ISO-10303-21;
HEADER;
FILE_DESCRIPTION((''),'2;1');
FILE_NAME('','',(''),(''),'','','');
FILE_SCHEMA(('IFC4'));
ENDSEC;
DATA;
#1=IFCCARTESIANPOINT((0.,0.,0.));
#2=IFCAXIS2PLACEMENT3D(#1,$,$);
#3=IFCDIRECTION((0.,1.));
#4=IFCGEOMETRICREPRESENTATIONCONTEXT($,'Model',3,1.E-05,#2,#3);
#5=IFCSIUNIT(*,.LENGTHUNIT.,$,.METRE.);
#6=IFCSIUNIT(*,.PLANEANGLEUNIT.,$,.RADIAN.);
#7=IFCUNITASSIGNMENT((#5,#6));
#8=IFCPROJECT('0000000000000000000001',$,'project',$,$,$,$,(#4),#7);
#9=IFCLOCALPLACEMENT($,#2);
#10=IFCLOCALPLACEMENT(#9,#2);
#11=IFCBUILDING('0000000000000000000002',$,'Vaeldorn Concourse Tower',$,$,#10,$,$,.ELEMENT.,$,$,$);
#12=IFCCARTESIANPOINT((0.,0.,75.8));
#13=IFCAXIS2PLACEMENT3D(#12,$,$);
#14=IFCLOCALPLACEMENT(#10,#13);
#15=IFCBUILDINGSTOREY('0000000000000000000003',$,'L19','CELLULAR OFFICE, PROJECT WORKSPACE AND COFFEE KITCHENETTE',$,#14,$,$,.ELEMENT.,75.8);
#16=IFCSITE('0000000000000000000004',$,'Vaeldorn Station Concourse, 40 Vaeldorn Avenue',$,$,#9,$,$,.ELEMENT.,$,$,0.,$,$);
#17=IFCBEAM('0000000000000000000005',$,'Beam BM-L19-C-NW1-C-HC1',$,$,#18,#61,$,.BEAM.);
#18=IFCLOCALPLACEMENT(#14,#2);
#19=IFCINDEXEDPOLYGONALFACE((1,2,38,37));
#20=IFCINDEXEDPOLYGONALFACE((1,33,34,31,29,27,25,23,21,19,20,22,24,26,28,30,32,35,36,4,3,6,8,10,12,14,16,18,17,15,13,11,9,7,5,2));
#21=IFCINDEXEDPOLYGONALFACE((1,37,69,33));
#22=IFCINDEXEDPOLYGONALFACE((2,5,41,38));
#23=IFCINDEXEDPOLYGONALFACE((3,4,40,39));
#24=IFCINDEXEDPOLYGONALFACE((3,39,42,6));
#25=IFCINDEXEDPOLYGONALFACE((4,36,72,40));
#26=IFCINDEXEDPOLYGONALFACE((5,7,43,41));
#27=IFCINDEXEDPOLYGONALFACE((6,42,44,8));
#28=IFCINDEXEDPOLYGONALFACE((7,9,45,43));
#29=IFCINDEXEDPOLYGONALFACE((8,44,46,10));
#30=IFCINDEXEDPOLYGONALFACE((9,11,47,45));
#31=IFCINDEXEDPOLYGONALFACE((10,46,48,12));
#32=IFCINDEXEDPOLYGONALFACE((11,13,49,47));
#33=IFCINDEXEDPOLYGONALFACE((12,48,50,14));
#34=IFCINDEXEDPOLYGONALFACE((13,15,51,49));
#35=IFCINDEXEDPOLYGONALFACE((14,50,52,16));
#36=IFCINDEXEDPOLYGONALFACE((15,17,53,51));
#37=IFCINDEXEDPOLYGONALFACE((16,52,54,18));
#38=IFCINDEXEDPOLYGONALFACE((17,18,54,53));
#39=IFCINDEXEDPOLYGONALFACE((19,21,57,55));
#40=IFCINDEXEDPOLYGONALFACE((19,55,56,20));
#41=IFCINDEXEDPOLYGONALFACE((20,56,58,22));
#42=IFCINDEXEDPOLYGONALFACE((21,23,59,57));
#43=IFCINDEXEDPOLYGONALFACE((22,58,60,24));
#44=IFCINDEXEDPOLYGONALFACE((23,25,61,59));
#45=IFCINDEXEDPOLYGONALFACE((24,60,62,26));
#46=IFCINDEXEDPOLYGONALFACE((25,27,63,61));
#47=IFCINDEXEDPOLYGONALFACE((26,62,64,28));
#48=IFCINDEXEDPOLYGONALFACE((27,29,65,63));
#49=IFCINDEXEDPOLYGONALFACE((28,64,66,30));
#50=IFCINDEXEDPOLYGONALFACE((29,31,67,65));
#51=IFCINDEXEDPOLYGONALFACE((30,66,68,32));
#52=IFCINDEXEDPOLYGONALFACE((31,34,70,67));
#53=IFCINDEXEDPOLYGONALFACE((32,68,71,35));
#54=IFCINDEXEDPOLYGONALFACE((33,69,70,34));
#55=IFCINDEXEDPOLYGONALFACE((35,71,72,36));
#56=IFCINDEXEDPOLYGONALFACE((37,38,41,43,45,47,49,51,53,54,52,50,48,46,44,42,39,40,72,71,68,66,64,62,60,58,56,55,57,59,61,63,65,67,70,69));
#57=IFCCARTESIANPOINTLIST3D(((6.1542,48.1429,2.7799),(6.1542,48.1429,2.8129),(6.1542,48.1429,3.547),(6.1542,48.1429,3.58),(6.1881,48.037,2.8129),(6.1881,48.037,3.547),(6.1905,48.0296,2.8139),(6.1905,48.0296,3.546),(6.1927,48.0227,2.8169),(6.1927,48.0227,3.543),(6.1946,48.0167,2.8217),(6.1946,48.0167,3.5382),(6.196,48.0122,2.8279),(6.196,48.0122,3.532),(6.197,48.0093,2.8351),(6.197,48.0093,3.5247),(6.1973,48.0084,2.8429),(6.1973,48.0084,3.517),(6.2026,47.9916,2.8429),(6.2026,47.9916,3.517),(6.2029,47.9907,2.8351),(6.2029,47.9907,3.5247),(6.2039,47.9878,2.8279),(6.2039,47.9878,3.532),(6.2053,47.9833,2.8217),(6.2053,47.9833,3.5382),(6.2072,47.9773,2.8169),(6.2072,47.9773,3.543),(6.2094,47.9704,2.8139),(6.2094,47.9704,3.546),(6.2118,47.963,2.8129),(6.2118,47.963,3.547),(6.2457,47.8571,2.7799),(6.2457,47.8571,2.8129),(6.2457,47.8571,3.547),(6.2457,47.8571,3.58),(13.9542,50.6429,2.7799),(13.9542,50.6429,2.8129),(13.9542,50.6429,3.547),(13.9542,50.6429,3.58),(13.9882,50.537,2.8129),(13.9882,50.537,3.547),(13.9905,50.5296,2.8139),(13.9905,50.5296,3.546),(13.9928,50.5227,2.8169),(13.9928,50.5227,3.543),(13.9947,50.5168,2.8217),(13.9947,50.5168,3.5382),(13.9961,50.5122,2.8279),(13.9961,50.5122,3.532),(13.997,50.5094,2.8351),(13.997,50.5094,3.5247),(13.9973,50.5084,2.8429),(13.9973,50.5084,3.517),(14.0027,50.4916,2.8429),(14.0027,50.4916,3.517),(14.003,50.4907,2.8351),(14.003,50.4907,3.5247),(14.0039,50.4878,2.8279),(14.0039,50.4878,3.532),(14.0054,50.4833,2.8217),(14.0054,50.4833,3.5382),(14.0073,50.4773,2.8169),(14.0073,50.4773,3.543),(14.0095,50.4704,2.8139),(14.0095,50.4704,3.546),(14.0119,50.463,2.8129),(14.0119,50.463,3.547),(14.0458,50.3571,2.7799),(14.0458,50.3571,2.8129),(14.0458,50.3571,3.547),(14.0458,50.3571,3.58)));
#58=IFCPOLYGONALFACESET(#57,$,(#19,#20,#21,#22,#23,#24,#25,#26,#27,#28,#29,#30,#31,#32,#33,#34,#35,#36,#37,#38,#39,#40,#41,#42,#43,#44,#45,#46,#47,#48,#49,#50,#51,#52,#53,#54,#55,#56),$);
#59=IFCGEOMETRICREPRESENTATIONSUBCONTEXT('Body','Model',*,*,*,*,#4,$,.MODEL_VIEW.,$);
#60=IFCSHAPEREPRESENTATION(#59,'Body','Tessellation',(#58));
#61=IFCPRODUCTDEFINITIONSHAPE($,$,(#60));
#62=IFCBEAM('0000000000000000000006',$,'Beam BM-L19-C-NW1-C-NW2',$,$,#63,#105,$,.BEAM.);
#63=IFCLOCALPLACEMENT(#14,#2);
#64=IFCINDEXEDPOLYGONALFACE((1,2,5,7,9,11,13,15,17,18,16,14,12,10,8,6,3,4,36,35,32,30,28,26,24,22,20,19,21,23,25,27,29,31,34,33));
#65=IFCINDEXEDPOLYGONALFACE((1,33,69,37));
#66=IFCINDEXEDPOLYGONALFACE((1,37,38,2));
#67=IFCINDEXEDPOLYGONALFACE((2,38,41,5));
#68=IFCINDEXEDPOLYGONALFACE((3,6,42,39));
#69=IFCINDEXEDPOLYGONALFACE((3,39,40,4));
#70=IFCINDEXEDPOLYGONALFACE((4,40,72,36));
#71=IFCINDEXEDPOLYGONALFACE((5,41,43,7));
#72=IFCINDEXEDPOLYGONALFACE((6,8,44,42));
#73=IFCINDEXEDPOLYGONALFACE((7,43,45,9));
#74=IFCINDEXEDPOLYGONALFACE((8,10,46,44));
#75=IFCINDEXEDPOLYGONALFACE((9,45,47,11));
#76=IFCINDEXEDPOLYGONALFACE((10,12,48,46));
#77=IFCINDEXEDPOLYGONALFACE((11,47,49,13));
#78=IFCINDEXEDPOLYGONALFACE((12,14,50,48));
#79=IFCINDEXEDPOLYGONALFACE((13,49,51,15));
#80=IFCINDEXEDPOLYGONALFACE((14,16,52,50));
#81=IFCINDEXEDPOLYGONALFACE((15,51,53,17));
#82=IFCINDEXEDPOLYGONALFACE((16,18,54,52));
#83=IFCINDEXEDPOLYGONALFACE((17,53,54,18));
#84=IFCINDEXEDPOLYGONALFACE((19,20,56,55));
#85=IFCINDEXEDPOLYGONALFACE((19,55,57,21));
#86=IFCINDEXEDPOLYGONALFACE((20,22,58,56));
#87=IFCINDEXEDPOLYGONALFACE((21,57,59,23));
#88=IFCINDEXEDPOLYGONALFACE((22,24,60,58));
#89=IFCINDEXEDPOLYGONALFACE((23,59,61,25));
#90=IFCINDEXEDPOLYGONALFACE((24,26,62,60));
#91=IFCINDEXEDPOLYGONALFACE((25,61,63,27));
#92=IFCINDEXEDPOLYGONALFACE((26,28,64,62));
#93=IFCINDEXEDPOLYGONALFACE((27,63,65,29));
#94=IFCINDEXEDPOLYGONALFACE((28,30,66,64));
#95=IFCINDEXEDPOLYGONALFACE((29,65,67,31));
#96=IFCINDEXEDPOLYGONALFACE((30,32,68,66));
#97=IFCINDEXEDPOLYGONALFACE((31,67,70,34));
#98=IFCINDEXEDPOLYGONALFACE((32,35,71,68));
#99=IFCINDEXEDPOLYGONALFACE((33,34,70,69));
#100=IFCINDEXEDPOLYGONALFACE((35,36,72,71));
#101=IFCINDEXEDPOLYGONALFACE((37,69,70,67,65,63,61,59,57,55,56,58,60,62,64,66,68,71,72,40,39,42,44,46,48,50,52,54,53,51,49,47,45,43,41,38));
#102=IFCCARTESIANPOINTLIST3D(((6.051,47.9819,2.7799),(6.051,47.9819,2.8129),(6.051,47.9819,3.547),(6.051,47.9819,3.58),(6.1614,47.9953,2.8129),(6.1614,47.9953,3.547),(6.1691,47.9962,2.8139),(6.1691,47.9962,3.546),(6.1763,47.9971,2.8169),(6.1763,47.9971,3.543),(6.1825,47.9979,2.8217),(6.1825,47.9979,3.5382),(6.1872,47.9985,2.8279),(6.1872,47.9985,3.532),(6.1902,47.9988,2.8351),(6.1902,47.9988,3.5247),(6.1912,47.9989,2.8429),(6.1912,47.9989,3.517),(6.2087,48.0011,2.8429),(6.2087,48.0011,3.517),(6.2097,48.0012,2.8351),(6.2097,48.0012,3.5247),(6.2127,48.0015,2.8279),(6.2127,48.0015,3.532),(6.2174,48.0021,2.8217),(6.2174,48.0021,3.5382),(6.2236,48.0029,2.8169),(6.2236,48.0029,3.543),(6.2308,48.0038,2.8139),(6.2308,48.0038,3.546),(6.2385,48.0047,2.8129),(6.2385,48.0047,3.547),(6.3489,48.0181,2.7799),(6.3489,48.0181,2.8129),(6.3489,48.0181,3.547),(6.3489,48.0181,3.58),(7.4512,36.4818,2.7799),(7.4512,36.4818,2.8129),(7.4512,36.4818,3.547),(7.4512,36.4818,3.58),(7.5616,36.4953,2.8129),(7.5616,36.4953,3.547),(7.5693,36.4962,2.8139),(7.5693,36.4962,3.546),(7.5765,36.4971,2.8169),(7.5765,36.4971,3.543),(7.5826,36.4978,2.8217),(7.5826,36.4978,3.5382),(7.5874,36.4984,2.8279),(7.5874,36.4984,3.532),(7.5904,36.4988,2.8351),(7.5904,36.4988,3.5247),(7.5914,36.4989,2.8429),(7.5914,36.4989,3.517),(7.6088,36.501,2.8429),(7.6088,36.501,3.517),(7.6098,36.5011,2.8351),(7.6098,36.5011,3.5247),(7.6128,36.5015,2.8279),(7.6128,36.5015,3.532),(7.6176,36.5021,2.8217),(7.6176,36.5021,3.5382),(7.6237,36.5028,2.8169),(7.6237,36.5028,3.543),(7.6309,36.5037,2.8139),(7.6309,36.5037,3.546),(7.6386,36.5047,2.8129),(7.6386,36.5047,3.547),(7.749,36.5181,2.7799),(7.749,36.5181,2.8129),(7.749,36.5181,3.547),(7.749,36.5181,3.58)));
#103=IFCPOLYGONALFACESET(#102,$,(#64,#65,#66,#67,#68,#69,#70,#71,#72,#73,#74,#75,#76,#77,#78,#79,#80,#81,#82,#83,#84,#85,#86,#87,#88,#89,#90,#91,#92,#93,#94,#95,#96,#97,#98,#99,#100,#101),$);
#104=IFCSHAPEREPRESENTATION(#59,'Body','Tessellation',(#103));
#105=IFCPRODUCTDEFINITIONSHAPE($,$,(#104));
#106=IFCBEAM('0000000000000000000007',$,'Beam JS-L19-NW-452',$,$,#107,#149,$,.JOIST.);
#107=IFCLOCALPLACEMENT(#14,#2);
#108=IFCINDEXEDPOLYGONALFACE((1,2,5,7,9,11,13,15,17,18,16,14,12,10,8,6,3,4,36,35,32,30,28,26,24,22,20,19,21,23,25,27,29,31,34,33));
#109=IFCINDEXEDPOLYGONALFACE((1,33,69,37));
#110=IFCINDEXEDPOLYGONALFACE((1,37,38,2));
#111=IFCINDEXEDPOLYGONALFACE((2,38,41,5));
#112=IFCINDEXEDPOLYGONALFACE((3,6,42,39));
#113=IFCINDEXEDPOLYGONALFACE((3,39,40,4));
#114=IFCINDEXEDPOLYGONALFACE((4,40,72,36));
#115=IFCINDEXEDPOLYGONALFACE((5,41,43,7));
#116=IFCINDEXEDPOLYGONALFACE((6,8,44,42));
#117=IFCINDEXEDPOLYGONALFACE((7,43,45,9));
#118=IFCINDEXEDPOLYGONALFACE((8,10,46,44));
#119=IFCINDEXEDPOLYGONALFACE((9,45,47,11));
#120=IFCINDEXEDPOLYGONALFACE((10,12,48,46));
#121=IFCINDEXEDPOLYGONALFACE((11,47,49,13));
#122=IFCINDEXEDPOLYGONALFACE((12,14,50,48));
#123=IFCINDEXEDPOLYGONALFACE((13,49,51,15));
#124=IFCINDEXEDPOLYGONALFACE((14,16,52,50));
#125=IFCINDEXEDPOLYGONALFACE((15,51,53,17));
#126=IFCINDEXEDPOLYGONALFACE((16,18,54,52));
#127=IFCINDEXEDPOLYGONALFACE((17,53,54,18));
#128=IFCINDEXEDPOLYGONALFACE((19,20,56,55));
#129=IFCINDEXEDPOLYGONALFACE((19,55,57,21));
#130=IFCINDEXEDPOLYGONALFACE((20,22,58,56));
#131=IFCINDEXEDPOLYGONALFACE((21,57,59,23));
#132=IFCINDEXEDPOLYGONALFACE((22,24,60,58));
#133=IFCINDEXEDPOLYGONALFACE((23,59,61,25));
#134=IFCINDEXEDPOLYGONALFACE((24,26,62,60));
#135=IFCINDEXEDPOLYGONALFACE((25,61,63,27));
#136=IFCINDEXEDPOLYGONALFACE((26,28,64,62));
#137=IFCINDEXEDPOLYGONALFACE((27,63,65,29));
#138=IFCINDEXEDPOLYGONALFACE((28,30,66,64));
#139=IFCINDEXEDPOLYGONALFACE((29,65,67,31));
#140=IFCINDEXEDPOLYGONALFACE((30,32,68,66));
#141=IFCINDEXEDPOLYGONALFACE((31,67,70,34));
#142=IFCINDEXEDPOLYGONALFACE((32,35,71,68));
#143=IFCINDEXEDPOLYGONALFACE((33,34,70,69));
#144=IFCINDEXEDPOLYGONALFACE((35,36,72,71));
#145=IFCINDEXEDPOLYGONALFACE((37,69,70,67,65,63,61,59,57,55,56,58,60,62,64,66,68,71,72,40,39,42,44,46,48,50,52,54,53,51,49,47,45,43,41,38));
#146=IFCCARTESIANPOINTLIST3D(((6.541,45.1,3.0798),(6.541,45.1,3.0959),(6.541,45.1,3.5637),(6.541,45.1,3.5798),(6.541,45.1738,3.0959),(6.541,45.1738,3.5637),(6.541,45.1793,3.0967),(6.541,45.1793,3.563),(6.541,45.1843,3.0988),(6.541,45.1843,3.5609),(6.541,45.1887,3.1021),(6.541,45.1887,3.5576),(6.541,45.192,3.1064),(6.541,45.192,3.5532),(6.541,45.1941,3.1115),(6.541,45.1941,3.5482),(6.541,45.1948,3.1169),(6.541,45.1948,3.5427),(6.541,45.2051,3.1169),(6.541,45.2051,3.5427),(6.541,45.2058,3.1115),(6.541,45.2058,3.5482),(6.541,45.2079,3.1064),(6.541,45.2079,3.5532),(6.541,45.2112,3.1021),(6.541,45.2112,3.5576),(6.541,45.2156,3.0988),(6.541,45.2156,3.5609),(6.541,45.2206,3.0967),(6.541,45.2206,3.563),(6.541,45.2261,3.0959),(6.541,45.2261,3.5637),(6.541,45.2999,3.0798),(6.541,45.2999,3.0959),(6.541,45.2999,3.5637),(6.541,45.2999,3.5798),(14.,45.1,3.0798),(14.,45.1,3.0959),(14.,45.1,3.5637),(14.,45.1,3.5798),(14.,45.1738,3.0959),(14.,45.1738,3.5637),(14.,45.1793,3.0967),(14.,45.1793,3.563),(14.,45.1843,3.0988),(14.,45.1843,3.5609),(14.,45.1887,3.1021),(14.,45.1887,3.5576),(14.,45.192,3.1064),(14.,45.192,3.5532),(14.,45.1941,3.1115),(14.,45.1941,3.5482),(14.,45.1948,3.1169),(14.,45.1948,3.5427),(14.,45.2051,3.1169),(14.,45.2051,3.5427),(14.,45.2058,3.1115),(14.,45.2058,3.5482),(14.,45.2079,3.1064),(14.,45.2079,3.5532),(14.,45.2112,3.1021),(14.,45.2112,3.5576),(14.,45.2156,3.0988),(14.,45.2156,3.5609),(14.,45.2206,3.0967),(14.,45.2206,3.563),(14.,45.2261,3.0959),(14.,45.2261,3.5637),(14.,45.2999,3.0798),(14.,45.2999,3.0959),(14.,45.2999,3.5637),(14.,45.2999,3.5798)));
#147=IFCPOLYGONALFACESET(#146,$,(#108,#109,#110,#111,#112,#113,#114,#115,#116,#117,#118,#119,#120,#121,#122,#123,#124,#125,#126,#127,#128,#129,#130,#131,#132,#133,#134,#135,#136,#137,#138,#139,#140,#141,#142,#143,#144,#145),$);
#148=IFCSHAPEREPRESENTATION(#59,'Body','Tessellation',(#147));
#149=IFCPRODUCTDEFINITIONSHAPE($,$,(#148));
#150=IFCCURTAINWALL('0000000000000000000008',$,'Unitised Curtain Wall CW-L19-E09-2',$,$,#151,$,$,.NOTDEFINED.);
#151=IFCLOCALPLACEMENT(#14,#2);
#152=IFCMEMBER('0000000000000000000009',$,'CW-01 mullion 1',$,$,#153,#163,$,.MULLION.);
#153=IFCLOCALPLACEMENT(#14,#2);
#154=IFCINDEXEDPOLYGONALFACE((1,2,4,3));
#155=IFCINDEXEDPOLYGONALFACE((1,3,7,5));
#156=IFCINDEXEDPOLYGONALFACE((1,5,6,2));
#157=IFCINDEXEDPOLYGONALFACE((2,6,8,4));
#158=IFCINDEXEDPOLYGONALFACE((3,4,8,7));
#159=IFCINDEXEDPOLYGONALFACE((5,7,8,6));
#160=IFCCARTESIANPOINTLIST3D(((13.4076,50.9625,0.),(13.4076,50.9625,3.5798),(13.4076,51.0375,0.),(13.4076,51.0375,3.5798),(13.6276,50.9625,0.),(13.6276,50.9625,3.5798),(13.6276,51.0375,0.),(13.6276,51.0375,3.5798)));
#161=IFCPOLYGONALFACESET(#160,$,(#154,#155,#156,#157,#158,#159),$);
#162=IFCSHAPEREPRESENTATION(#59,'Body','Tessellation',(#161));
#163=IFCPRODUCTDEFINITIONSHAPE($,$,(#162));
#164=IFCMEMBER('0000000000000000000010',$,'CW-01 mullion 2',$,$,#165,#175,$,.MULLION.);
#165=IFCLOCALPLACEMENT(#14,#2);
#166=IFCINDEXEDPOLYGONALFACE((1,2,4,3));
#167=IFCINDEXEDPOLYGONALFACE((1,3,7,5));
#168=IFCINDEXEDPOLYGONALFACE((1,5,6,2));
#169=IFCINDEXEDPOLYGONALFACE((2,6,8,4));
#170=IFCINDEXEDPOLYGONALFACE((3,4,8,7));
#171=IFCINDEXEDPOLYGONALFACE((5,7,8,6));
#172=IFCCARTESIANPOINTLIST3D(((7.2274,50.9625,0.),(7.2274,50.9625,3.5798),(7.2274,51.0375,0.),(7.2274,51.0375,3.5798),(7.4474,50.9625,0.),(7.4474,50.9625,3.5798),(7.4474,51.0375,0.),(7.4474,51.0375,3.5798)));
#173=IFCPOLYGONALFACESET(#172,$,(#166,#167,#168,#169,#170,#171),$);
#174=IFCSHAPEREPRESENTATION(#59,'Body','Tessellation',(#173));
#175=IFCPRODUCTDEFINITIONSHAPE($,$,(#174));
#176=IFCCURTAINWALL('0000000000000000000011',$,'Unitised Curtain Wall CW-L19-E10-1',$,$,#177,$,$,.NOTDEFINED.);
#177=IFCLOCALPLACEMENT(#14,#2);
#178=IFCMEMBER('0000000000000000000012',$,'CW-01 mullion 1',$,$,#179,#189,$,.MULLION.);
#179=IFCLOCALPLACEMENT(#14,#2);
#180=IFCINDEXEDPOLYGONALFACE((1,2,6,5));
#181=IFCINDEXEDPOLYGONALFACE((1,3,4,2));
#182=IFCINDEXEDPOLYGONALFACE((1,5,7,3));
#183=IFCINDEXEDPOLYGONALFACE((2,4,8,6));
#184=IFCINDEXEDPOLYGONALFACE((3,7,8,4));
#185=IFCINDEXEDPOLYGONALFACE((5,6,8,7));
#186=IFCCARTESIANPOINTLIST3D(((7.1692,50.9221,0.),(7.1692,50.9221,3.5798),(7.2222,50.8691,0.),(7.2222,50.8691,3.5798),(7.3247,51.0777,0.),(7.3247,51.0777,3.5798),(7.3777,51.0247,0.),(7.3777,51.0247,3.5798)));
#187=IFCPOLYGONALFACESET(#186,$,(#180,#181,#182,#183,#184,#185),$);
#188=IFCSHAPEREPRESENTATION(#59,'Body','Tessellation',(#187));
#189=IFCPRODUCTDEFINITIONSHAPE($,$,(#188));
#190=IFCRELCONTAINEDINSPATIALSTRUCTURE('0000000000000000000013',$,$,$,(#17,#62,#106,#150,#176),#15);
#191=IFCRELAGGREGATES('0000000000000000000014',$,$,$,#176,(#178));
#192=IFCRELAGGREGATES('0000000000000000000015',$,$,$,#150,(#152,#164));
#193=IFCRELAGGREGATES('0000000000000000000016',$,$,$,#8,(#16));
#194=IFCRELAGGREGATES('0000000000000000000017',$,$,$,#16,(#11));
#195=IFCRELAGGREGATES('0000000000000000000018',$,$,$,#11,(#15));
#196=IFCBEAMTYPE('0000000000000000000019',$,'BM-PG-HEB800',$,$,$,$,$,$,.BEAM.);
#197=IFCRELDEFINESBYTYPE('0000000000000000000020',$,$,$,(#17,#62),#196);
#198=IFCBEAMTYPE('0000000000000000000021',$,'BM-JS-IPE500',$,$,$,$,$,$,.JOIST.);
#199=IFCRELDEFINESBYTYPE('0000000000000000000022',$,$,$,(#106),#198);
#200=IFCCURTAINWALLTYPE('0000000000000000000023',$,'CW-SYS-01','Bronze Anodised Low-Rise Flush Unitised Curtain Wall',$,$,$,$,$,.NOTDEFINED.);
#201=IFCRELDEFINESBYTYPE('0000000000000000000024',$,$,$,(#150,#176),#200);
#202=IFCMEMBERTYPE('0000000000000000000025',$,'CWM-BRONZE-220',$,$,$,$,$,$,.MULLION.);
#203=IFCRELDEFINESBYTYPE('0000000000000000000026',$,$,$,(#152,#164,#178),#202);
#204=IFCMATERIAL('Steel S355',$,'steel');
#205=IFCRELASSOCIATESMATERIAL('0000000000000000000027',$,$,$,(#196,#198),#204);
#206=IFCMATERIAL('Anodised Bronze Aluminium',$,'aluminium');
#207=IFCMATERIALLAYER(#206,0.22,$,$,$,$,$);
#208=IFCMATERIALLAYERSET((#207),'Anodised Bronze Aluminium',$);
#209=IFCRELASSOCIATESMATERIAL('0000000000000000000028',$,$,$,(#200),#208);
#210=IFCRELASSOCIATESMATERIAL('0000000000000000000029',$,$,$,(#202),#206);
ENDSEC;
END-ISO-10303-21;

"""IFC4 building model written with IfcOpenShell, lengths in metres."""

from ifc_helpers import new_model, si_unit, direction, frame, origin, origin_2d, place, context, subcontext, project, spatial, rectangle, i_section, extrude, source, transform, mapped, material, layer, layer_set, material_profile, profile_set, type_object, element, aggregate, save


model = new_model("IFC4")

# Units and contexts
model_context = context("Model", 3, precision=1e-05, world=origin(), true_north=direction((0.0, 1.0)))
body_context = subcontext(model_context, "Body", "Model", "MODEL_VIEW")
ifc_project = project(units=[si_unit("LENGTHUNIT", "METRE"), si_unit("PLANEANGLEUNIT", "RADIAN")], contexts=[model_context])

# Site, building, storey
site_placement = place(None, origin())
site = spatial("IfcSite", under=ifc_project, at=site_placement, Name="Vaeldorn Station Concourse, 40 Vaeldorn Avenue", CompositionType="ELEMENT", RefElevation=0.0)
building_placement = place(site_placement, origin())
building = spatial("IfcBuilding", under=site, at=building_placement, Name="Vaeldorn Concourse Tower", CompositionType="ELEMENT")
storey_placement = place(building_placement, frame((0.0, 0.0, 75.8)))
storey = spatial("IfcBuildingStorey", under=building, at=storey_placement, Name="L19", Description="CELLULAR OFFICE, PROJECT WORKSPACE AND COFFEE KITCHENETTE", CompositionType="ELEMENT", Elevation=75.8)

# Beams
ifc_material_1 = material(Name="Steel S355", Category="steel")
ifc_material_profile_1 = material_profile(ifc_material_1, i_section(OverallWidth=0.3, OverallDepth=0.8, WebThickness=0.0176, FlangeThickness=0.033, FilletRadius=0.03, at=origin_2d()), Name="HEB 800")
ifc_profile_set_1 = profile_set([ifc_material_profile_1], Name="Steel S355")
beam_type_1 = type_object("IfcBeamType", Name="BM-PG-HEB800", PredefinedType="BEAM", material=ifc_profile_set_1)
shared_shape_1 = source(origin(), body_context, "Body", "SweptSolid", [
    extrude(i_section(OverallWidth=0.3, OverallDepth=0.8, WebThickness=0.0176, FlangeThickness=0.033, FilletRadius=0.03, at=origin_2d()), origin(), (0.0, 0.0, 1.0), 8.1909),
])
beam_1_placement = place(storey_placement, frame((6.2, 48.0, 3.1799), z_axis=(0.952283, 0.305217, 0.0), x_axis=(-0.305217, 0.952283, 0.0)))
element("IfcBeam", 1, at=beam_1_placement, inside=storey, type_object=beam_type_1, Name="Beam BM-L19-C-NW1-C-HC1", PredefinedType="BEAM", context=body_context, shape_type="MappedRepresentation", body=[
    mapped(shared_shape_1, transform((0.0, 0.0, 0.0), scale=1.0)),
])
shared_shape_2 = source(origin(), body_context, "Body", "SweptSolid", [
    extrude(i_section(OverallWidth=0.3, OverallDepth=0.8, WebThickness=0.0176, FlangeThickness=0.033, FilletRadius=0.03, at=origin_2d()), origin(), (0.0, 0.0, 1.0), 11.585),
])
beam_2_placement = place(storey_placement, frame((6.2, 48.0, 3.1799), z_axis=(0.120859, -0.99267, 0.0), x_axis=(0.99267, 0.120859, 0.0)))
element("IfcBeam", 2, at=beam_2_placement, inside=storey, type_object=beam_type_1, Name="Beam BM-L19-C-NW1-C-NW2", PredefinedType="BEAM", context=body_context, shape_type="MappedRepresentation", body=[
    mapped(shared_shape_2, transform((0.0, 0.0, 0.0), scale=1.0)),
])
ifc_material_profile_2 = material_profile(ifc_material_1, i_section(OverallWidth=0.2, OverallDepth=0.5, WebThickness=0.0103, FlangeThickness=0.0161, FilletRadius=0.021, at=origin_2d()), Name="IPE 500")
ifc_profile_set_2 = profile_set([ifc_material_profile_2], Name="Steel S355")
beam_type_2 = type_object("IfcBeamType", Name="BM-JS-IPE500", PredefinedType="JOIST", material=ifc_profile_set_2)
shared_shape_3 = source(origin(), body_context, "Body", "SweptSolid", [
    extrude(i_section(OverallWidth=0.2, OverallDepth=0.5, WebThickness=0.0103, FlangeThickness=0.0161, FilletRadius=0.021, at=origin_2d()), origin(), (0.0, 0.0, 1.0), 7.459),
])
beam_3_placement = place(storey_placement, frame((6.541, 45.2, 3.3298), z_axis=(1.0, 0.0, 0.0), x_axis=(0.0, 1.0, 0.0)))
element("IfcBeam", 3, at=beam_3_placement, inside=storey, type_object=beam_type_2, Name="Beam JS-L19-NW-452", PredefinedType="JOIST", context=body_context, shape_type="MappedRepresentation", body=[
    mapped(shared_shape_3, transform((0.0, 0.0, 0.0), scale=1.0)),
])

# Curtain walls, members
ifc_material_2 = material(Name="Anodised Bronze Aluminium", Category="aluminium")
ifc_layer_1 = layer(ifc_material_2, 0.22)
ifc_layer_set_1 = layer_set([ifc_layer_1], Name="Anodised Bronze Aluminium")
curtain_wall_type = type_object("IfcCurtainWallType", Name="CW-SYS-01", Description="Bronze Anodised Low-Rise Flush Unitised Curtain Wall", PredefinedType="NOTDEFINED", material=ifc_layer_set_1)
curtain_wall_1_placement = place(storey_placement, origin())
curtain_wall_1 = element("IfcCurtainWall", 4, at=curtain_wall_1_placement, inside=storey, type_object=curtain_wall_type, Name="Unitised Curtain Wall CW-L19-E09-2", PredefinedType="NOTDEFINED")
ifc_material_profile_3 = material_profile(ifc_material_2, rectangle(XDim=0.075, YDim=0.22, at=origin_2d()), Name="CWM 75x220")
ifc_profile_set_3 = profile_set([ifc_material_profile_3], Name="Anodised Bronze Aluminium")
member_type_1 = type_object("IfcMemberType", Name="CWM-BRONZE-220", PredefinedType="MULLION", material=ifc_profile_set_3)
shared_shape_4 = source(origin(), body_context, "Body", "SweptSolid", [
    extrude(rectangle(XDim=0.075, YDim=0.22, at=origin_2d()), origin(), (0.0, 0.0, 1.0), 3.5798),
])
member_1_placement = place(storey_placement, frame((13.5176, 51.0, 0.0), z_axis=(0.0, 0.0, 1.0), x_axis=(0.0, -1.0, 0.0)))
member_1 = element("IfcMember", 5, at=member_1_placement, type_object=member_type_1, Name="CW-01 mullion 1", PredefinedType="MULLION", context=body_context, shape_type="MappedRepresentation", body=[
    mapped(shared_shape_4, transform((0.0, 0.0, 0.0), scale=1.0)),
])
member_2_placement = place(storey_placement, frame((7.3374, 51.0, 0.0), z_axis=(0.0, 0.0, 1.0), x_axis=(0.0, -1.0, 0.0)))
member_2 = element("IfcMember", 6, at=member_2_placement, type_object=member_type_1, Name="CW-01 mullion 2", PredefinedType="MULLION", context=body_context, shape_type="MappedRepresentation", body=[
    mapped(shared_shape_4, transform((0.0, 0.0, 0.0), scale=1.0)),
])
curtain_wall_2_placement = place(storey_placement, origin())
curtain_wall_2 = element("IfcCurtainWall", 7, at=curtain_wall_2_placement, inside=storey, type_object=curtain_wall_type, Name="Unitised Curtain Wall CW-L19-E10-1", PredefinedType="NOTDEFINED")
member_3_placement = place(storey_placement, frame((7.2734, 50.9734, 0.0), z_axis=(0.0, 0.0, 1.0), x_axis=(0.707107, -0.707107, 0.0)))
member_3 = element("IfcMember", 8, at=member_3_placement, type_object=member_type_1, Name="CW-01 mullion 1", PredefinedType="MULLION", context=body_context, shape_type="MappedRepresentation", body=[
    mapped(shared_shape_4, transform((0.0, 0.0, 0.0), scale=1.0)),
])

aggregate(curtain_wall_2, [member_3])
aggregate(curtain_wall_1, [member_1, member_2])

save(model, "model.ifc")
